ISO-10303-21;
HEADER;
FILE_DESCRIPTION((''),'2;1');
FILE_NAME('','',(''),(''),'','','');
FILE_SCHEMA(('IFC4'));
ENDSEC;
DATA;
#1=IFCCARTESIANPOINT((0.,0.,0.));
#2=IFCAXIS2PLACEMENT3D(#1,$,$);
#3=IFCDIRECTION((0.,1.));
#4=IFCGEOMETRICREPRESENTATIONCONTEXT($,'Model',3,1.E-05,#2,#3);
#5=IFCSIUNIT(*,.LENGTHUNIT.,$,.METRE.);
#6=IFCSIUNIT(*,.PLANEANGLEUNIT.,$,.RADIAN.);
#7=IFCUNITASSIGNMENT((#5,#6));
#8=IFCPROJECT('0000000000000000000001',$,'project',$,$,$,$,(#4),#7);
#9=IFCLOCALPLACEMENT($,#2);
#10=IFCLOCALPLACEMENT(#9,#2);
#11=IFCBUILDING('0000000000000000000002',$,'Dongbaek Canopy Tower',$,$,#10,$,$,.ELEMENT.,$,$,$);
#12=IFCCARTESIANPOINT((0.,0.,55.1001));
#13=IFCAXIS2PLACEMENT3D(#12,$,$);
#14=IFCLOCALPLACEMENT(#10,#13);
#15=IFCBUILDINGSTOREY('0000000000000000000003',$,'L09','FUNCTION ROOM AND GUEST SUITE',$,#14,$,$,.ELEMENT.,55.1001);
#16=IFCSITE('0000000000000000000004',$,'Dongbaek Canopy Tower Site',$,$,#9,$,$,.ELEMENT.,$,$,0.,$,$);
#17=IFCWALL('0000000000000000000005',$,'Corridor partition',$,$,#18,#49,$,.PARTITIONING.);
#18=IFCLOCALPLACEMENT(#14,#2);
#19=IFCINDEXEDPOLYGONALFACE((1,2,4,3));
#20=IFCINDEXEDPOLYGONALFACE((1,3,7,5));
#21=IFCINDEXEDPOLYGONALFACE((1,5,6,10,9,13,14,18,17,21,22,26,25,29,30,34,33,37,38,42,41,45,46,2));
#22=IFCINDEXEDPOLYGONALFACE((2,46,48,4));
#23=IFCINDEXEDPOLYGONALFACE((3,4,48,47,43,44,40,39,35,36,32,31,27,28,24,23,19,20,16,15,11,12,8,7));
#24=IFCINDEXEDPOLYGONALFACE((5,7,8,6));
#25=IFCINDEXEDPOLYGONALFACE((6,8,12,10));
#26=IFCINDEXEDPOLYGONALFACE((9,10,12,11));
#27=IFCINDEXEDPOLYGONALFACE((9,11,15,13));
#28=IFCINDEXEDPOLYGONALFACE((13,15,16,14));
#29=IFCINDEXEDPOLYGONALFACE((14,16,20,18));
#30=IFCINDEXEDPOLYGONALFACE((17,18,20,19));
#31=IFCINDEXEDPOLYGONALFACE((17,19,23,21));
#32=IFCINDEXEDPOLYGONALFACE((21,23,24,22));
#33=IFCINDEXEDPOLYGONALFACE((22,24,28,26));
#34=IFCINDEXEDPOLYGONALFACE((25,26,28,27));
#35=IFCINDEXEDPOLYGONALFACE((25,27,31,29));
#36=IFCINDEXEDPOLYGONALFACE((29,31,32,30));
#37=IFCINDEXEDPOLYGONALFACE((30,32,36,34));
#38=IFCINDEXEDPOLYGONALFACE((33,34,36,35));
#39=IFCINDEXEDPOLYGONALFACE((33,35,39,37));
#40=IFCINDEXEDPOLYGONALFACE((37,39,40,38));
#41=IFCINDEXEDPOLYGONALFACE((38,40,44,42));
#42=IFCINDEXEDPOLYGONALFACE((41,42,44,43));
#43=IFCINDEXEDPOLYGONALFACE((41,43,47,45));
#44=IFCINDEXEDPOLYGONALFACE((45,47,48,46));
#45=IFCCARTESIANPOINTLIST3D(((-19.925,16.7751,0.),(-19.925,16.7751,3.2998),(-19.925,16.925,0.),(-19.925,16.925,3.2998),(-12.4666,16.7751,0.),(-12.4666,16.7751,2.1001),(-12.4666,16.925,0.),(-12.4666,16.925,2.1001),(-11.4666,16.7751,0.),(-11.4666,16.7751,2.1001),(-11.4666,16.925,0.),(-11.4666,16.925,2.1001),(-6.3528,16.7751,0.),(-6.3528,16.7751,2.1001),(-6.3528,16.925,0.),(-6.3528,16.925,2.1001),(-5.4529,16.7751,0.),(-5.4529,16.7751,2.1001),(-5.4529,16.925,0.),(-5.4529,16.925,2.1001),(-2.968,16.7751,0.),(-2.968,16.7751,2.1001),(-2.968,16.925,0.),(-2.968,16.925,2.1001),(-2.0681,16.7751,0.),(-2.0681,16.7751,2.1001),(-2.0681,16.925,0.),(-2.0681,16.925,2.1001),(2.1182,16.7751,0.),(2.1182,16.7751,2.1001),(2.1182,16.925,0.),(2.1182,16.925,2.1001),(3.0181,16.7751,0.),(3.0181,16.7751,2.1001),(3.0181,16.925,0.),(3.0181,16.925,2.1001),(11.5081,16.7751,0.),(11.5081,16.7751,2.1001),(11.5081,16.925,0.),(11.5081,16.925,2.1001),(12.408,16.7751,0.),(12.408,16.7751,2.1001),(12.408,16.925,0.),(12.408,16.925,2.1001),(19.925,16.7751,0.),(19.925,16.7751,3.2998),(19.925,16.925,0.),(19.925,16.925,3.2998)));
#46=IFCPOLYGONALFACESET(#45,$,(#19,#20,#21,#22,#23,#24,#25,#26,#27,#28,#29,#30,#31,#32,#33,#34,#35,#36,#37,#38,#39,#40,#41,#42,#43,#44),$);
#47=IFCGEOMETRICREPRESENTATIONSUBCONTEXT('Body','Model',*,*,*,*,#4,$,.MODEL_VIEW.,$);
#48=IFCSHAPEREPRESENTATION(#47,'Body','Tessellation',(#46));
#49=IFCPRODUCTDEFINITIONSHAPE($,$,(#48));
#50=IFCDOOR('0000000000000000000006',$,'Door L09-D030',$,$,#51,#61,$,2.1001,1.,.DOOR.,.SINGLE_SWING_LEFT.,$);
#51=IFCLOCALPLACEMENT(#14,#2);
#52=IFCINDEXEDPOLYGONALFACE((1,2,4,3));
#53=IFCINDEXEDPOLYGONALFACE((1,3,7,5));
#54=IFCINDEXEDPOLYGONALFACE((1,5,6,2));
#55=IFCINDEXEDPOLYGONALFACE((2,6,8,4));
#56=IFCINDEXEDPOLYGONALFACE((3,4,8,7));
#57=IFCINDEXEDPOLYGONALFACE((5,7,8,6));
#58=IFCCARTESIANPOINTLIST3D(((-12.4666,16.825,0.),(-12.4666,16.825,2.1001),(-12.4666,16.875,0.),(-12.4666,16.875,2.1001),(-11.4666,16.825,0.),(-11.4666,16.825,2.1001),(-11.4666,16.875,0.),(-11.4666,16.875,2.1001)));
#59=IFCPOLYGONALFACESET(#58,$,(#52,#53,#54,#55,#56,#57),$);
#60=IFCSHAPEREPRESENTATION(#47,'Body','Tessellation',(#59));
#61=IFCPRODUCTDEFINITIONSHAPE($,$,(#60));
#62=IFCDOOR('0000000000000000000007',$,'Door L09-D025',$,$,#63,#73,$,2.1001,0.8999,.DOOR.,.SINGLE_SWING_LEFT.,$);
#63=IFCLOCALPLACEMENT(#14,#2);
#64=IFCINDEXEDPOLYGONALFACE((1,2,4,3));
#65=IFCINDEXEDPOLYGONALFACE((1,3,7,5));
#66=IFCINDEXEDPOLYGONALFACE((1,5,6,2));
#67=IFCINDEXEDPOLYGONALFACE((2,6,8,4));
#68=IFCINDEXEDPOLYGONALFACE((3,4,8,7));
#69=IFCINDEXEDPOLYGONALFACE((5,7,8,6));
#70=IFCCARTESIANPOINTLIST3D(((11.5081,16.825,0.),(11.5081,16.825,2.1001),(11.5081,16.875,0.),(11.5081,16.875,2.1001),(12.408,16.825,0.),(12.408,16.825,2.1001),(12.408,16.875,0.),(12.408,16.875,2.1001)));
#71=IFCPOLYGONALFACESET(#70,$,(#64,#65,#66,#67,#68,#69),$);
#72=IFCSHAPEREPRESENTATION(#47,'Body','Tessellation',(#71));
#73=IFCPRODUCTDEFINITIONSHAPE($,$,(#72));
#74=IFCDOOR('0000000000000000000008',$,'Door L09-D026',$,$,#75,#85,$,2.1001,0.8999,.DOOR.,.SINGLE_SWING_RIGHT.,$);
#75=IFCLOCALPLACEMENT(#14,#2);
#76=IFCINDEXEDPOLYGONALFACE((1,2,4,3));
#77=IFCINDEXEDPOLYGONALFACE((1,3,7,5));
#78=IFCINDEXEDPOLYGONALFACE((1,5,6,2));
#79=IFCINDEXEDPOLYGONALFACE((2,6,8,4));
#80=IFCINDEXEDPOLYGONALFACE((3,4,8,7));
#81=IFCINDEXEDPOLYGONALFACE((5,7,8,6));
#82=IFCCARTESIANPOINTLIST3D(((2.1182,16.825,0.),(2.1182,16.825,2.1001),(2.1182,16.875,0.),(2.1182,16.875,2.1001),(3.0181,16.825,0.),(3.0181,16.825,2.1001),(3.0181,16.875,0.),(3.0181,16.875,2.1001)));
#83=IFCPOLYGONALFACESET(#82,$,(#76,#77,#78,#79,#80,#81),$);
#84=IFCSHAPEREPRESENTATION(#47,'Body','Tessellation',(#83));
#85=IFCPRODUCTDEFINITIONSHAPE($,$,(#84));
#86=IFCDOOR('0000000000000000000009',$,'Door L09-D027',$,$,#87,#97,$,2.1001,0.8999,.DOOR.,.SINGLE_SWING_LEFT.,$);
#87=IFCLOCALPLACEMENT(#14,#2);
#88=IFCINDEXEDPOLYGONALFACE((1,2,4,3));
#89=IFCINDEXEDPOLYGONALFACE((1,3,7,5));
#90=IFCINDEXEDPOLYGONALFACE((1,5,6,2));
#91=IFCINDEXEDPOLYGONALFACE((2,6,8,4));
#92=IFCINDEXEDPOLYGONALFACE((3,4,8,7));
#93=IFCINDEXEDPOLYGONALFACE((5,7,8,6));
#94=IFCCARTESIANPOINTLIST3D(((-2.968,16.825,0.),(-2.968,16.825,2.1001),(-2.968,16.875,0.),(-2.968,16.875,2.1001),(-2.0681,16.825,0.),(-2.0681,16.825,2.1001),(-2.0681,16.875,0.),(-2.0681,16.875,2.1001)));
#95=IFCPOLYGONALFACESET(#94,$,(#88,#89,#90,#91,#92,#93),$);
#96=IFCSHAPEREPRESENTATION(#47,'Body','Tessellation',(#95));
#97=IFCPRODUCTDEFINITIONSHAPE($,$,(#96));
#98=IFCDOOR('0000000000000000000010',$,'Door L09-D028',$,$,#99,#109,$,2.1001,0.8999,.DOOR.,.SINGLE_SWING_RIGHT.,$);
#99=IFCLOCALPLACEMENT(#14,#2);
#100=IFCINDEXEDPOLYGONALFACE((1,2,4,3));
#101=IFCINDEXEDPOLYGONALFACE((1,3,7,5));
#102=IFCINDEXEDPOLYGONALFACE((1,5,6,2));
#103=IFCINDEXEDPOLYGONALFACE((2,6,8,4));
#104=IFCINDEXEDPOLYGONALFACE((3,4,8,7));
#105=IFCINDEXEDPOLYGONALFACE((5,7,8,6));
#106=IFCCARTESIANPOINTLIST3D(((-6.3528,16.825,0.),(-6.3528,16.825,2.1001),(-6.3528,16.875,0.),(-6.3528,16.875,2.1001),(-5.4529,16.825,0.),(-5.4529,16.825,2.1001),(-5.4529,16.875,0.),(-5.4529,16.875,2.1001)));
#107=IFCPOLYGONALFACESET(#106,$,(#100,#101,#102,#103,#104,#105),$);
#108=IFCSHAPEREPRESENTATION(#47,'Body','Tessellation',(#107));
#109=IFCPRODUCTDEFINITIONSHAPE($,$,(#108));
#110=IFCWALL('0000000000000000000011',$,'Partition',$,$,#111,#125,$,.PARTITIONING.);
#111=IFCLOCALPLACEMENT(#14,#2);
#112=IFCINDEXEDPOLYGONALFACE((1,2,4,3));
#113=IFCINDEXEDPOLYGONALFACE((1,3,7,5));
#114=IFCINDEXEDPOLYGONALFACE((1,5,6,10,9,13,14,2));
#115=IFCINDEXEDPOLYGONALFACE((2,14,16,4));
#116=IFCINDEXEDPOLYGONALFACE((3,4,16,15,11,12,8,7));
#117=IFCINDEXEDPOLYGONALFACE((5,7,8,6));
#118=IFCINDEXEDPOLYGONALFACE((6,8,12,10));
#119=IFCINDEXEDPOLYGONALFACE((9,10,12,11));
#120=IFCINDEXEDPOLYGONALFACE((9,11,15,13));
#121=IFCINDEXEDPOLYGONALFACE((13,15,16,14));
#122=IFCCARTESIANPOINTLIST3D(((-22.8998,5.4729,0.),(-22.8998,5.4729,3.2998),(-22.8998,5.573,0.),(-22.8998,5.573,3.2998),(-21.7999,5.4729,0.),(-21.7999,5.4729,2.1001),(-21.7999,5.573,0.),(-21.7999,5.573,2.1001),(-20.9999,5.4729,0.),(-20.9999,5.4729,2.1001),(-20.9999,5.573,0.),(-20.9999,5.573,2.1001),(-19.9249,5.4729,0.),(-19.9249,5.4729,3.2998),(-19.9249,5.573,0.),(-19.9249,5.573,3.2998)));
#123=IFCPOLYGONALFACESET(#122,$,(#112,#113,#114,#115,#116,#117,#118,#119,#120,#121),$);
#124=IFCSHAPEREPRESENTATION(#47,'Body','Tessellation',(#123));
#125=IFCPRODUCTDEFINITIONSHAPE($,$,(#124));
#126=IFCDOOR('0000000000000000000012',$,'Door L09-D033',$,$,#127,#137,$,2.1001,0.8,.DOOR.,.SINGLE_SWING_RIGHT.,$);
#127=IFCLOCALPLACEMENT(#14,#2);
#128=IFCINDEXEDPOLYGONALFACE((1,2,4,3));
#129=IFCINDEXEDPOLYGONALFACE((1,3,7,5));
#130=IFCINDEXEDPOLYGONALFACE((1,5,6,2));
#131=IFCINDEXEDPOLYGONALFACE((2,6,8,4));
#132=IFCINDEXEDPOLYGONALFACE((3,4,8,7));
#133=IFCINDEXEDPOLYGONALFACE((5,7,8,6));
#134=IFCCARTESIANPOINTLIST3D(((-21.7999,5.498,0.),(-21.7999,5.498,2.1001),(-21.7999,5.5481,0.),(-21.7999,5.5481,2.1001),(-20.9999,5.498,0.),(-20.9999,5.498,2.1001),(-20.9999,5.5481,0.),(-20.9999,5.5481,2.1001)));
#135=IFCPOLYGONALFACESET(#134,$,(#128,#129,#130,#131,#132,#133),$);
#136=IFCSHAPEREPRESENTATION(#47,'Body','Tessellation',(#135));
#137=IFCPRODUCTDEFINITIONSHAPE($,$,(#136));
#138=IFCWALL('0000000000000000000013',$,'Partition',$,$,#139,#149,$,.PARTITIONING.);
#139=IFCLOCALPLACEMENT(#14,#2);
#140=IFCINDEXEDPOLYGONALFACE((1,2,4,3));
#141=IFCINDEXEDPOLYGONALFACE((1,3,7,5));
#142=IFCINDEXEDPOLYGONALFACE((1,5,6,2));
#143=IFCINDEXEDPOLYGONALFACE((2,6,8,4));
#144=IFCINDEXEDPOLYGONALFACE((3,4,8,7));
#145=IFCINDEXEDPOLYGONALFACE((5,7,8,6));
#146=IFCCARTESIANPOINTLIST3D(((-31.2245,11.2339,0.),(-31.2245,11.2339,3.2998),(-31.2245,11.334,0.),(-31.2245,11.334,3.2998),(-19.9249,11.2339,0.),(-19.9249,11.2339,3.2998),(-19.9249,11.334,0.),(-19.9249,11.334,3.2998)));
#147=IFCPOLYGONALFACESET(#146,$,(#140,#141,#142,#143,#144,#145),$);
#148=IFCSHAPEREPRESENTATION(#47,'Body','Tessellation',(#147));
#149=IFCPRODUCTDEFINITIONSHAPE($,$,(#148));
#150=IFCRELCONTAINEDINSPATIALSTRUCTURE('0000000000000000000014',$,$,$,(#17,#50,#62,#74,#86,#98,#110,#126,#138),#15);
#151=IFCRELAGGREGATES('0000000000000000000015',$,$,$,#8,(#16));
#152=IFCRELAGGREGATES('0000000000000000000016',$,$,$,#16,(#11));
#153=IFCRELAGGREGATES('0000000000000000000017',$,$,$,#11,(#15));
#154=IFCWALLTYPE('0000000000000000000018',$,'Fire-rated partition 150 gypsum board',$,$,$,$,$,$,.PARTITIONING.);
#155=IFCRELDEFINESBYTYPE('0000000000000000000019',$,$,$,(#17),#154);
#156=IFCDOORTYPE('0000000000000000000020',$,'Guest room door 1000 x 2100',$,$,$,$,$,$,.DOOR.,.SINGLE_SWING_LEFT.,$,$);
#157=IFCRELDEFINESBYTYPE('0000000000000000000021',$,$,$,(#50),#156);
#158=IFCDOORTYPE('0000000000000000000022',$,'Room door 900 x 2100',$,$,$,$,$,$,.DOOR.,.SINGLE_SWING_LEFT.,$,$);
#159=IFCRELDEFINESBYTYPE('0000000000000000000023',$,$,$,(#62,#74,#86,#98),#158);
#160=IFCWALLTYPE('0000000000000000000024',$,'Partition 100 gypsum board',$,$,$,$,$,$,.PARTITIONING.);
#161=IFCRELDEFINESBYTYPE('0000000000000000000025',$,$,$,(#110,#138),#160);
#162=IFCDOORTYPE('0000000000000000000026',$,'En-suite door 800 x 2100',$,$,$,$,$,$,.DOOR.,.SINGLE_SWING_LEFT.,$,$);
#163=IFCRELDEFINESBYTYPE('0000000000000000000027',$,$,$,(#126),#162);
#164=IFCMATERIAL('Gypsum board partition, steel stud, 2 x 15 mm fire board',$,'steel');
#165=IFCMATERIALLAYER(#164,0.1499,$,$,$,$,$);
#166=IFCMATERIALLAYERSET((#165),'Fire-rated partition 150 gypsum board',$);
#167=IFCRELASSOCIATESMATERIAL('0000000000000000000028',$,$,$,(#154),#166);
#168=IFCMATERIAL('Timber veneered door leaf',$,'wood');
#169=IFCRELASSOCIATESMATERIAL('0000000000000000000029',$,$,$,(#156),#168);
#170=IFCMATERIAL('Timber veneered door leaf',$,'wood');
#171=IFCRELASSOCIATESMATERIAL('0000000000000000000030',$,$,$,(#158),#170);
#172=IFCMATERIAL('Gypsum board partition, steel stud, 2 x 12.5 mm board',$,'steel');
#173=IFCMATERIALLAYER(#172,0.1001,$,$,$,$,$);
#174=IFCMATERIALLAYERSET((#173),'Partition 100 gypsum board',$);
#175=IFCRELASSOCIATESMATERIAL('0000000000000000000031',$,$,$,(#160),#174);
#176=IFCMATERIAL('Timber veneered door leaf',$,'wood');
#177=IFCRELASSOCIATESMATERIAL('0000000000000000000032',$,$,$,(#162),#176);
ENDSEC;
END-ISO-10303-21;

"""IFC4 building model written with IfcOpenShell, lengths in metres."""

from ifc_helpers import new_model, si_unit, direction, frame, frame_2d, origin, place, context, subcontext, project, spatial, rectangle, extrude, material, layer, layer_set, type_object, element, fill, save


model = new_model("IFC4")

# Units and contexts
model_context = context("Model", 3, precision=1e-05, world=origin(), true_north=direction((0.0, 1.0)))
body_context = subcontext(model_context, "Body", "Model", "MODEL_VIEW")
ifc_project = project(units=[si_unit("LENGTHUNIT", "METRE"), si_unit("PLANEANGLEUNIT", "RADIAN")], contexts=[model_context])

# Site, building, storey
site_placement = place(None, origin())
site = spatial("IfcSite", under=ifc_project, at=site_placement, Name="Dongbaek Canopy Tower Site", CompositionType="ELEMENT", RefElevation=0.0)
building_placement = place(site_placement, origin())
building = spatial("IfcBuilding", under=site, at=building_placement, Name="Dongbaek Canopy Tower", CompositionType="ELEMENT")
storey_placement = place(building_placement, frame((0.0, 0.0, 55.1001)))
storey = spatial("IfcBuildingStorey", under=building, at=storey_placement, Name="L09", Description="FUNCTION ROOM AND GUEST SUITE", CompositionType="ELEMENT", Elevation=55.1001)

# Wall, openings, doors
ifc_material_1 = material(Name="Gypsum board partition, steel stud, 2 x 15 mm fire board", Category="steel")
ifc_layer_1 = layer(ifc_material_1, 0.1499)
ifc_layer_set_1 = layer_set([ifc_layer_1], Name="Fire-rated partition 150 gypsum board")
wall_type_1 = type_object("IfcWallType", Name="Fire-rated partition 150 gypsum board", PredefinedType="PARTITIONING", material=ifc_layer_set_1)
wall_1_placement = place(storey_placement, frame((-19.925, 16.8501, 0.0), z_axis=(0.0, 0.0, 1.0), x_axis=(1.0, 0.0, 0.0)))
wall_1 = element("IfcWall", 1, at=wall_1_placement, inside=storey, type_object=wall_type_1, Name="Corridor partition", PredefinedType="PARTITIONING", context=body_context, shape_type="SweptSolid", body=[
    extrude(rectangle(XDim=39.8501, YDim=0.1499, at=frame_2d((19.925, 0.0))), origin(), (0.0, 0.0, 1.0), 3.2998),
])
opening_1_placement = place(wall_1_placement, frame((31.4331, 0.0, 0.0)))
opening_1 = element("IfcOpeningElement", 2, at=opening_1_placement, cuts=wall_1, PredefinedType="OPENING", context=body_context, shape_type="SweptSolid", body=[
    extrude(rectangle(XDim=0.8999, YDim=2.1001, at=frame_2d((0.45, 1.05))), frame((0.0, 0.085, 0.0), z_axis=(0.0, -1.0, 0.0), x_axis=(1.0, 0.0, 0.0)), (0.0, 0.0, 1.0), 0.1699),
])
opening_2_placement = place(wall_1_placement, frame((22.0432, 0.0, 0.0)))
opening_2 = element("IfcOpeningElement", 3, at=opening_2_placement, cuts=wall_1, PredefinedType="OPENING", context=body_context, shape_type="SweptSolid", body=[
    extrude(rectangle(XDim=0.8999, YDim=2.1001, at=frame_2d((0.45, 1.05))), frame((0.0, 0.085, 0.0), z_axis=(0.0, -1.0, 0.0), x_axis=(1.0, 0.0, 0.0)), (0.0, 0.0, 1.0), 0.1699),
])
opening_3_placement = place(wall_1_placement, frame((16.957, 0.0, 0.0)))
opening_3 = element("IfcOpeningElement", 4, at=opening_3_placement, cuts=wall_1, PredefinedType="OPENING", context=body_context, shape_type="SweptSolid", body=[
    extrude(rectangle(XDim=0.8999, YDim=2.1001, at=frame_2d((0.45, 1.05))), frame((0.0, 0.085, 0.0), z_axis=(0.0, -1.0, 0.0), x_axis=(1.0, 0.0, 0.0)), (0.0, 0.0, 1.0), 0.1699),
])
opening_4_placement = place(wall_1_placement, frame((13.5723, 0.0, 0.0)))
opening_4 = element("IfcOpeningElement", 5, at=opening_4_placement, cuts=wall_1, PredefinedType="OPENING", context=body_context, shape_type="SweptSolid", body=[
    extrude(rectangle(XDim=0.8999, YDim=2.1001, at=frame_2d((0.45, 1.05))), frame((0.0, 0.085, 0.0), z_axis=(0.0, -1.0, 0.0), x_axis=(1.0, 0.0, 0.0)), (0.0, 0.0, 1.0), 0.1699),
])
opening_5_placement = place(wall_1_placement, frame((7.4585, 0.0, 0.0)))
opening_5 = element("IfcOpeningElement", 6, at=opening_5_placement, cuts=wall_1, PredefinedType="OPENING", context=body_context, shape_type="SweptSolid", body=[
    extrude(rectangle(XDim=1.0, YDim=2.1001, at=frame_2d((0.5, 1.05))), frame((0.0, 0.085, 0.0), z_axis=(0.0, -1.0, 0.0), x_axis=(1.0, 0.0, 0.0)), (0.0, 0.0, 1.0), 0.1699),
])
ifc_material_2 = material(Name="Timber veneered door leaf", Category="wood")
door_type_1 = type_object("IfcDoorType", Name="Guest room door 1000 x 2100", OperationType="SINGLE_SWING_LEFT", PredefinedType="DOOR", material=ifc_material_2)
door_1_placement = place(opening_5_placement, origin())
door_1 = element("IfcDoor", 7, at=door_1_placement, inside=storey, type_object=door_type_1, Name="Door L09-D030", OperationType="SINGLE_SWING_LEFT", OverallHeight=2.1001, OverallWidth=1.0, PredefinedType="DOOR", context=body_context, shape_type="SweptSolid", body=[
    extrude(rectangle(XDim=1.0, YDim=2.1001, at=frame_2d((0.5, 1.05))), frame((0.0, 0.0249, 0.0), z_axis=(0.0, -1.0, 0.0), x_axis=(1.0, 0.0, 0.0)), (0.0, 0.0, 1.0), 0.05),
])
fill(opening_5, door_1)
ifc_material_3 = material(Name="Timber veneered door leaf", Category="wood")
door_type_2 = type_object("IfcDoorType", Name="Room door 900 x 2100", OperationType="SINGLE_SWING_LEFT", PredefinedType="DOOR", material=ifc_material_3)
door_2_placement = place(opening_1_placement, origin())
door_2 = element("IfcDoor", 8, at=door_2_placement, inside=storey, type_object=door_type_2, Name="Door L09-D025", OperationType="SINGLE_SWING_LEFT", OverallHeight=2.1001, OverallWidth=0.8999, PredefinedType="DOOR", context=body_context, shape_type="SweptSolid", body=[
    extrude(rectangle(XDim=0.8999, YDim=2.1001, at=frame_2d((0.45, 1.05))), frame((0.0, 0.0249, 0.0), z_axis=(0.0, -1.0, 0.0), x_axis=(1.0, 0.0, 0.0)), (0.0, 0.0, 1.0), 0.05),
])
fill(opening_1, door_2)
door_3_placement = place(opening_2_placement, origin())
door_3 = element("IfcDoor", 9, at=door_3_placement, inside=storey, type_object=door_type_2, Name="Door L09-D026", OperationType="SINGLE_SWING_RIGHT", OverallHeight=2.1001, OverallWidth=0.8999, PredefinedType="DOOR", context=body_context, shape_type="SweptSolid", body=[
    extrude(rectangle(XDim=0.8999, YDim=2.1001, at=frame_2d((0.45, 1.05))), frame((0.0, 0.0249, 0.0), z_axis=(0.0, -1.0, 0.0), x_axis=(1.0, 0.0, 0.0)), (0.0, 0.0, 1.0), 0.05),
])
fill(opening_2, door_3)
door_4_placement = place(opening_3_placement, origin())
door_4 = element("IfcDoor", 10, at=door_4_placement, inside=storey, type_object=door_type_2, Name="Door L09-D027", OperationType="SINGLE_SWING_LEFT", OverallHeight=2.1001, OverallWidth=0.8999, PredefinedType="DOOR", context=body_context, shape_type="SweptSolid", body=[
    extrude(rectangle(XDim=0.8999, YDim=2.1001, at=frame_2d((0.45, 1.05))), frame((0.0, 0.0249, 0.0), z_axis=(0.0, -1.0, 0.0), x_axis=(1.0, 0.0, 0.0)), (0.0, 0.0, 1.0), 0.05),
])
fill(opening_3, door_4)
door_5_placement = place(opening_4_placement, origin())
door_5 = element("IfcDoor", 11, at=door_5_placement, inside=storey, type_object=door_type_2, Name="Door L09-D028", OperationType="SINGLE_SWING_RIGHT", OverallHeight=2.1001, OverallWidth=0.8999, PredefinedType="DOOR", context=body_context, shape_type="SweptSolid", body=[
    extrude(rectangle(XDim=0.8999, YDim=2.1001, at=frame_2d((0.45, 1.05))), frame((0.0, 0.0249, 0.0), z_axis=(0.0, -1.0, 0.0), x_axis=(1.0, 0.0, 0.0)), (0.0, 0.0, 1.0), 0.05),
])
fill(opening_4, door_5)

# Wall, opening, door
ifc_material_4 = material(Name="Gypsum board partition, steel stud, 2 x 12.5 mm board", Category="steel")
ifc_layer_2 = layer(ifc_material_4, 0.1001)
ifc_layer_set_2 = layer_set([ifc_layer_2], Name="Partition 100 gypsum board")
wall_type_2 = type_object("IfcWallType", Name="Partition 100 gypsum board", PredefinedType="PARTITIONING", material=ifc_layer_set_2)
wall_2_placement = place(storey_placement, frame((-19.925, 5.5229, 0.0), z_axis=(0.0, 0.0, 1.0), x_axis=(-1.0, 0.0, 0.0)))
wall_2 = element("IfcWall", 12, at=wall_2_placement, inside=storey, type_object=wall_type_2, Name="Partition", PredefinedType="PARTITIONING", context=body_context, shape_type="SweptSolid", body=[
    extrude(rectangle(XDim=2.9749, YDim=0.1001, at=frame_2d((1.4873, 0.0))), origin(), (0.0, 0.0, 1.0), 3.2998),
])
opening_6_placement = place(wall_2_placement, frame((1.075, 0.0, 0.0)))
opening_6 = element("IfcOpeningElement", 13, at=opening_6_placement, cuts=wall_2, PredefinedType="OPENING", context=body_context, shape_type="SweptSolid", body=[
    extrude(rectangle(XDim=0.8, YDim=2.1001, at=frame_2d((0.3999, 1.05))), frame((0.0, 0.0601, 0.0), z_axis=(0.0, -1.0, 0.0), x_axis=(1.0, 0.0, 0.0)), (0.0, 0.0, 1.0), 0.1201),
])
ifc_material_5 = material(Name="Timber veneered door leaf", Category="wood")
door_type_3 = type_object("IfcDoorType", Name="En-suite door 800 x 2100", OperationType="SINGLE_SWING_LEFT", PredefinedType="DOOR", material=ifc_material_5)
door_6_placement = place(opening_6_placement, origin())
door_6 = element("IfcDoor", 14, at=door_6_placement, inside=storey, type_object=door_type_3, Name="Door L09-D033", OperationType="SINGLE_SWING_RIGHT", OverallHeight=2.1001, OverallWidth=0.8, PredefinedType="DOOR", context=body_context, shape_type="SweptSolid", body=[
    extrude(rectangle(XDim=0.8, YDim=2.1001, at=frame_2d((0.3999, 1.05))), frame((0.0, 0.0249, 0.0), z_axis=(0.0, -1.0, 0.0), x_axis=(1.0, 0.0, 0.0)), (0.0, 0.0, 1.0), 0.05),
])
fill(opening_6, door_6)

# Wall
wall_3_placement = place(storey_placement, frame((-31.2246, 11.2839, 0.0), z_axis=(0.0, 0.0, 1.0), x_axis=(1.0, 0.0, 0.0)))
element("IfcWall", 15, at=wall_3_placement, inside=storey, type_object=wall_type_2, Name="Partition", PredefinedType="PARTITIONING", context=body_context, shape_type="SweptSolid", body=[
    extrude(rectangle(XDim=11.2996, YDim=0.1001, at=frame_2d((5.6499, 0.0))), origin(), (0.0, 0.0, 1.0), 3.2998),
])

save(model, "model.ifc")
